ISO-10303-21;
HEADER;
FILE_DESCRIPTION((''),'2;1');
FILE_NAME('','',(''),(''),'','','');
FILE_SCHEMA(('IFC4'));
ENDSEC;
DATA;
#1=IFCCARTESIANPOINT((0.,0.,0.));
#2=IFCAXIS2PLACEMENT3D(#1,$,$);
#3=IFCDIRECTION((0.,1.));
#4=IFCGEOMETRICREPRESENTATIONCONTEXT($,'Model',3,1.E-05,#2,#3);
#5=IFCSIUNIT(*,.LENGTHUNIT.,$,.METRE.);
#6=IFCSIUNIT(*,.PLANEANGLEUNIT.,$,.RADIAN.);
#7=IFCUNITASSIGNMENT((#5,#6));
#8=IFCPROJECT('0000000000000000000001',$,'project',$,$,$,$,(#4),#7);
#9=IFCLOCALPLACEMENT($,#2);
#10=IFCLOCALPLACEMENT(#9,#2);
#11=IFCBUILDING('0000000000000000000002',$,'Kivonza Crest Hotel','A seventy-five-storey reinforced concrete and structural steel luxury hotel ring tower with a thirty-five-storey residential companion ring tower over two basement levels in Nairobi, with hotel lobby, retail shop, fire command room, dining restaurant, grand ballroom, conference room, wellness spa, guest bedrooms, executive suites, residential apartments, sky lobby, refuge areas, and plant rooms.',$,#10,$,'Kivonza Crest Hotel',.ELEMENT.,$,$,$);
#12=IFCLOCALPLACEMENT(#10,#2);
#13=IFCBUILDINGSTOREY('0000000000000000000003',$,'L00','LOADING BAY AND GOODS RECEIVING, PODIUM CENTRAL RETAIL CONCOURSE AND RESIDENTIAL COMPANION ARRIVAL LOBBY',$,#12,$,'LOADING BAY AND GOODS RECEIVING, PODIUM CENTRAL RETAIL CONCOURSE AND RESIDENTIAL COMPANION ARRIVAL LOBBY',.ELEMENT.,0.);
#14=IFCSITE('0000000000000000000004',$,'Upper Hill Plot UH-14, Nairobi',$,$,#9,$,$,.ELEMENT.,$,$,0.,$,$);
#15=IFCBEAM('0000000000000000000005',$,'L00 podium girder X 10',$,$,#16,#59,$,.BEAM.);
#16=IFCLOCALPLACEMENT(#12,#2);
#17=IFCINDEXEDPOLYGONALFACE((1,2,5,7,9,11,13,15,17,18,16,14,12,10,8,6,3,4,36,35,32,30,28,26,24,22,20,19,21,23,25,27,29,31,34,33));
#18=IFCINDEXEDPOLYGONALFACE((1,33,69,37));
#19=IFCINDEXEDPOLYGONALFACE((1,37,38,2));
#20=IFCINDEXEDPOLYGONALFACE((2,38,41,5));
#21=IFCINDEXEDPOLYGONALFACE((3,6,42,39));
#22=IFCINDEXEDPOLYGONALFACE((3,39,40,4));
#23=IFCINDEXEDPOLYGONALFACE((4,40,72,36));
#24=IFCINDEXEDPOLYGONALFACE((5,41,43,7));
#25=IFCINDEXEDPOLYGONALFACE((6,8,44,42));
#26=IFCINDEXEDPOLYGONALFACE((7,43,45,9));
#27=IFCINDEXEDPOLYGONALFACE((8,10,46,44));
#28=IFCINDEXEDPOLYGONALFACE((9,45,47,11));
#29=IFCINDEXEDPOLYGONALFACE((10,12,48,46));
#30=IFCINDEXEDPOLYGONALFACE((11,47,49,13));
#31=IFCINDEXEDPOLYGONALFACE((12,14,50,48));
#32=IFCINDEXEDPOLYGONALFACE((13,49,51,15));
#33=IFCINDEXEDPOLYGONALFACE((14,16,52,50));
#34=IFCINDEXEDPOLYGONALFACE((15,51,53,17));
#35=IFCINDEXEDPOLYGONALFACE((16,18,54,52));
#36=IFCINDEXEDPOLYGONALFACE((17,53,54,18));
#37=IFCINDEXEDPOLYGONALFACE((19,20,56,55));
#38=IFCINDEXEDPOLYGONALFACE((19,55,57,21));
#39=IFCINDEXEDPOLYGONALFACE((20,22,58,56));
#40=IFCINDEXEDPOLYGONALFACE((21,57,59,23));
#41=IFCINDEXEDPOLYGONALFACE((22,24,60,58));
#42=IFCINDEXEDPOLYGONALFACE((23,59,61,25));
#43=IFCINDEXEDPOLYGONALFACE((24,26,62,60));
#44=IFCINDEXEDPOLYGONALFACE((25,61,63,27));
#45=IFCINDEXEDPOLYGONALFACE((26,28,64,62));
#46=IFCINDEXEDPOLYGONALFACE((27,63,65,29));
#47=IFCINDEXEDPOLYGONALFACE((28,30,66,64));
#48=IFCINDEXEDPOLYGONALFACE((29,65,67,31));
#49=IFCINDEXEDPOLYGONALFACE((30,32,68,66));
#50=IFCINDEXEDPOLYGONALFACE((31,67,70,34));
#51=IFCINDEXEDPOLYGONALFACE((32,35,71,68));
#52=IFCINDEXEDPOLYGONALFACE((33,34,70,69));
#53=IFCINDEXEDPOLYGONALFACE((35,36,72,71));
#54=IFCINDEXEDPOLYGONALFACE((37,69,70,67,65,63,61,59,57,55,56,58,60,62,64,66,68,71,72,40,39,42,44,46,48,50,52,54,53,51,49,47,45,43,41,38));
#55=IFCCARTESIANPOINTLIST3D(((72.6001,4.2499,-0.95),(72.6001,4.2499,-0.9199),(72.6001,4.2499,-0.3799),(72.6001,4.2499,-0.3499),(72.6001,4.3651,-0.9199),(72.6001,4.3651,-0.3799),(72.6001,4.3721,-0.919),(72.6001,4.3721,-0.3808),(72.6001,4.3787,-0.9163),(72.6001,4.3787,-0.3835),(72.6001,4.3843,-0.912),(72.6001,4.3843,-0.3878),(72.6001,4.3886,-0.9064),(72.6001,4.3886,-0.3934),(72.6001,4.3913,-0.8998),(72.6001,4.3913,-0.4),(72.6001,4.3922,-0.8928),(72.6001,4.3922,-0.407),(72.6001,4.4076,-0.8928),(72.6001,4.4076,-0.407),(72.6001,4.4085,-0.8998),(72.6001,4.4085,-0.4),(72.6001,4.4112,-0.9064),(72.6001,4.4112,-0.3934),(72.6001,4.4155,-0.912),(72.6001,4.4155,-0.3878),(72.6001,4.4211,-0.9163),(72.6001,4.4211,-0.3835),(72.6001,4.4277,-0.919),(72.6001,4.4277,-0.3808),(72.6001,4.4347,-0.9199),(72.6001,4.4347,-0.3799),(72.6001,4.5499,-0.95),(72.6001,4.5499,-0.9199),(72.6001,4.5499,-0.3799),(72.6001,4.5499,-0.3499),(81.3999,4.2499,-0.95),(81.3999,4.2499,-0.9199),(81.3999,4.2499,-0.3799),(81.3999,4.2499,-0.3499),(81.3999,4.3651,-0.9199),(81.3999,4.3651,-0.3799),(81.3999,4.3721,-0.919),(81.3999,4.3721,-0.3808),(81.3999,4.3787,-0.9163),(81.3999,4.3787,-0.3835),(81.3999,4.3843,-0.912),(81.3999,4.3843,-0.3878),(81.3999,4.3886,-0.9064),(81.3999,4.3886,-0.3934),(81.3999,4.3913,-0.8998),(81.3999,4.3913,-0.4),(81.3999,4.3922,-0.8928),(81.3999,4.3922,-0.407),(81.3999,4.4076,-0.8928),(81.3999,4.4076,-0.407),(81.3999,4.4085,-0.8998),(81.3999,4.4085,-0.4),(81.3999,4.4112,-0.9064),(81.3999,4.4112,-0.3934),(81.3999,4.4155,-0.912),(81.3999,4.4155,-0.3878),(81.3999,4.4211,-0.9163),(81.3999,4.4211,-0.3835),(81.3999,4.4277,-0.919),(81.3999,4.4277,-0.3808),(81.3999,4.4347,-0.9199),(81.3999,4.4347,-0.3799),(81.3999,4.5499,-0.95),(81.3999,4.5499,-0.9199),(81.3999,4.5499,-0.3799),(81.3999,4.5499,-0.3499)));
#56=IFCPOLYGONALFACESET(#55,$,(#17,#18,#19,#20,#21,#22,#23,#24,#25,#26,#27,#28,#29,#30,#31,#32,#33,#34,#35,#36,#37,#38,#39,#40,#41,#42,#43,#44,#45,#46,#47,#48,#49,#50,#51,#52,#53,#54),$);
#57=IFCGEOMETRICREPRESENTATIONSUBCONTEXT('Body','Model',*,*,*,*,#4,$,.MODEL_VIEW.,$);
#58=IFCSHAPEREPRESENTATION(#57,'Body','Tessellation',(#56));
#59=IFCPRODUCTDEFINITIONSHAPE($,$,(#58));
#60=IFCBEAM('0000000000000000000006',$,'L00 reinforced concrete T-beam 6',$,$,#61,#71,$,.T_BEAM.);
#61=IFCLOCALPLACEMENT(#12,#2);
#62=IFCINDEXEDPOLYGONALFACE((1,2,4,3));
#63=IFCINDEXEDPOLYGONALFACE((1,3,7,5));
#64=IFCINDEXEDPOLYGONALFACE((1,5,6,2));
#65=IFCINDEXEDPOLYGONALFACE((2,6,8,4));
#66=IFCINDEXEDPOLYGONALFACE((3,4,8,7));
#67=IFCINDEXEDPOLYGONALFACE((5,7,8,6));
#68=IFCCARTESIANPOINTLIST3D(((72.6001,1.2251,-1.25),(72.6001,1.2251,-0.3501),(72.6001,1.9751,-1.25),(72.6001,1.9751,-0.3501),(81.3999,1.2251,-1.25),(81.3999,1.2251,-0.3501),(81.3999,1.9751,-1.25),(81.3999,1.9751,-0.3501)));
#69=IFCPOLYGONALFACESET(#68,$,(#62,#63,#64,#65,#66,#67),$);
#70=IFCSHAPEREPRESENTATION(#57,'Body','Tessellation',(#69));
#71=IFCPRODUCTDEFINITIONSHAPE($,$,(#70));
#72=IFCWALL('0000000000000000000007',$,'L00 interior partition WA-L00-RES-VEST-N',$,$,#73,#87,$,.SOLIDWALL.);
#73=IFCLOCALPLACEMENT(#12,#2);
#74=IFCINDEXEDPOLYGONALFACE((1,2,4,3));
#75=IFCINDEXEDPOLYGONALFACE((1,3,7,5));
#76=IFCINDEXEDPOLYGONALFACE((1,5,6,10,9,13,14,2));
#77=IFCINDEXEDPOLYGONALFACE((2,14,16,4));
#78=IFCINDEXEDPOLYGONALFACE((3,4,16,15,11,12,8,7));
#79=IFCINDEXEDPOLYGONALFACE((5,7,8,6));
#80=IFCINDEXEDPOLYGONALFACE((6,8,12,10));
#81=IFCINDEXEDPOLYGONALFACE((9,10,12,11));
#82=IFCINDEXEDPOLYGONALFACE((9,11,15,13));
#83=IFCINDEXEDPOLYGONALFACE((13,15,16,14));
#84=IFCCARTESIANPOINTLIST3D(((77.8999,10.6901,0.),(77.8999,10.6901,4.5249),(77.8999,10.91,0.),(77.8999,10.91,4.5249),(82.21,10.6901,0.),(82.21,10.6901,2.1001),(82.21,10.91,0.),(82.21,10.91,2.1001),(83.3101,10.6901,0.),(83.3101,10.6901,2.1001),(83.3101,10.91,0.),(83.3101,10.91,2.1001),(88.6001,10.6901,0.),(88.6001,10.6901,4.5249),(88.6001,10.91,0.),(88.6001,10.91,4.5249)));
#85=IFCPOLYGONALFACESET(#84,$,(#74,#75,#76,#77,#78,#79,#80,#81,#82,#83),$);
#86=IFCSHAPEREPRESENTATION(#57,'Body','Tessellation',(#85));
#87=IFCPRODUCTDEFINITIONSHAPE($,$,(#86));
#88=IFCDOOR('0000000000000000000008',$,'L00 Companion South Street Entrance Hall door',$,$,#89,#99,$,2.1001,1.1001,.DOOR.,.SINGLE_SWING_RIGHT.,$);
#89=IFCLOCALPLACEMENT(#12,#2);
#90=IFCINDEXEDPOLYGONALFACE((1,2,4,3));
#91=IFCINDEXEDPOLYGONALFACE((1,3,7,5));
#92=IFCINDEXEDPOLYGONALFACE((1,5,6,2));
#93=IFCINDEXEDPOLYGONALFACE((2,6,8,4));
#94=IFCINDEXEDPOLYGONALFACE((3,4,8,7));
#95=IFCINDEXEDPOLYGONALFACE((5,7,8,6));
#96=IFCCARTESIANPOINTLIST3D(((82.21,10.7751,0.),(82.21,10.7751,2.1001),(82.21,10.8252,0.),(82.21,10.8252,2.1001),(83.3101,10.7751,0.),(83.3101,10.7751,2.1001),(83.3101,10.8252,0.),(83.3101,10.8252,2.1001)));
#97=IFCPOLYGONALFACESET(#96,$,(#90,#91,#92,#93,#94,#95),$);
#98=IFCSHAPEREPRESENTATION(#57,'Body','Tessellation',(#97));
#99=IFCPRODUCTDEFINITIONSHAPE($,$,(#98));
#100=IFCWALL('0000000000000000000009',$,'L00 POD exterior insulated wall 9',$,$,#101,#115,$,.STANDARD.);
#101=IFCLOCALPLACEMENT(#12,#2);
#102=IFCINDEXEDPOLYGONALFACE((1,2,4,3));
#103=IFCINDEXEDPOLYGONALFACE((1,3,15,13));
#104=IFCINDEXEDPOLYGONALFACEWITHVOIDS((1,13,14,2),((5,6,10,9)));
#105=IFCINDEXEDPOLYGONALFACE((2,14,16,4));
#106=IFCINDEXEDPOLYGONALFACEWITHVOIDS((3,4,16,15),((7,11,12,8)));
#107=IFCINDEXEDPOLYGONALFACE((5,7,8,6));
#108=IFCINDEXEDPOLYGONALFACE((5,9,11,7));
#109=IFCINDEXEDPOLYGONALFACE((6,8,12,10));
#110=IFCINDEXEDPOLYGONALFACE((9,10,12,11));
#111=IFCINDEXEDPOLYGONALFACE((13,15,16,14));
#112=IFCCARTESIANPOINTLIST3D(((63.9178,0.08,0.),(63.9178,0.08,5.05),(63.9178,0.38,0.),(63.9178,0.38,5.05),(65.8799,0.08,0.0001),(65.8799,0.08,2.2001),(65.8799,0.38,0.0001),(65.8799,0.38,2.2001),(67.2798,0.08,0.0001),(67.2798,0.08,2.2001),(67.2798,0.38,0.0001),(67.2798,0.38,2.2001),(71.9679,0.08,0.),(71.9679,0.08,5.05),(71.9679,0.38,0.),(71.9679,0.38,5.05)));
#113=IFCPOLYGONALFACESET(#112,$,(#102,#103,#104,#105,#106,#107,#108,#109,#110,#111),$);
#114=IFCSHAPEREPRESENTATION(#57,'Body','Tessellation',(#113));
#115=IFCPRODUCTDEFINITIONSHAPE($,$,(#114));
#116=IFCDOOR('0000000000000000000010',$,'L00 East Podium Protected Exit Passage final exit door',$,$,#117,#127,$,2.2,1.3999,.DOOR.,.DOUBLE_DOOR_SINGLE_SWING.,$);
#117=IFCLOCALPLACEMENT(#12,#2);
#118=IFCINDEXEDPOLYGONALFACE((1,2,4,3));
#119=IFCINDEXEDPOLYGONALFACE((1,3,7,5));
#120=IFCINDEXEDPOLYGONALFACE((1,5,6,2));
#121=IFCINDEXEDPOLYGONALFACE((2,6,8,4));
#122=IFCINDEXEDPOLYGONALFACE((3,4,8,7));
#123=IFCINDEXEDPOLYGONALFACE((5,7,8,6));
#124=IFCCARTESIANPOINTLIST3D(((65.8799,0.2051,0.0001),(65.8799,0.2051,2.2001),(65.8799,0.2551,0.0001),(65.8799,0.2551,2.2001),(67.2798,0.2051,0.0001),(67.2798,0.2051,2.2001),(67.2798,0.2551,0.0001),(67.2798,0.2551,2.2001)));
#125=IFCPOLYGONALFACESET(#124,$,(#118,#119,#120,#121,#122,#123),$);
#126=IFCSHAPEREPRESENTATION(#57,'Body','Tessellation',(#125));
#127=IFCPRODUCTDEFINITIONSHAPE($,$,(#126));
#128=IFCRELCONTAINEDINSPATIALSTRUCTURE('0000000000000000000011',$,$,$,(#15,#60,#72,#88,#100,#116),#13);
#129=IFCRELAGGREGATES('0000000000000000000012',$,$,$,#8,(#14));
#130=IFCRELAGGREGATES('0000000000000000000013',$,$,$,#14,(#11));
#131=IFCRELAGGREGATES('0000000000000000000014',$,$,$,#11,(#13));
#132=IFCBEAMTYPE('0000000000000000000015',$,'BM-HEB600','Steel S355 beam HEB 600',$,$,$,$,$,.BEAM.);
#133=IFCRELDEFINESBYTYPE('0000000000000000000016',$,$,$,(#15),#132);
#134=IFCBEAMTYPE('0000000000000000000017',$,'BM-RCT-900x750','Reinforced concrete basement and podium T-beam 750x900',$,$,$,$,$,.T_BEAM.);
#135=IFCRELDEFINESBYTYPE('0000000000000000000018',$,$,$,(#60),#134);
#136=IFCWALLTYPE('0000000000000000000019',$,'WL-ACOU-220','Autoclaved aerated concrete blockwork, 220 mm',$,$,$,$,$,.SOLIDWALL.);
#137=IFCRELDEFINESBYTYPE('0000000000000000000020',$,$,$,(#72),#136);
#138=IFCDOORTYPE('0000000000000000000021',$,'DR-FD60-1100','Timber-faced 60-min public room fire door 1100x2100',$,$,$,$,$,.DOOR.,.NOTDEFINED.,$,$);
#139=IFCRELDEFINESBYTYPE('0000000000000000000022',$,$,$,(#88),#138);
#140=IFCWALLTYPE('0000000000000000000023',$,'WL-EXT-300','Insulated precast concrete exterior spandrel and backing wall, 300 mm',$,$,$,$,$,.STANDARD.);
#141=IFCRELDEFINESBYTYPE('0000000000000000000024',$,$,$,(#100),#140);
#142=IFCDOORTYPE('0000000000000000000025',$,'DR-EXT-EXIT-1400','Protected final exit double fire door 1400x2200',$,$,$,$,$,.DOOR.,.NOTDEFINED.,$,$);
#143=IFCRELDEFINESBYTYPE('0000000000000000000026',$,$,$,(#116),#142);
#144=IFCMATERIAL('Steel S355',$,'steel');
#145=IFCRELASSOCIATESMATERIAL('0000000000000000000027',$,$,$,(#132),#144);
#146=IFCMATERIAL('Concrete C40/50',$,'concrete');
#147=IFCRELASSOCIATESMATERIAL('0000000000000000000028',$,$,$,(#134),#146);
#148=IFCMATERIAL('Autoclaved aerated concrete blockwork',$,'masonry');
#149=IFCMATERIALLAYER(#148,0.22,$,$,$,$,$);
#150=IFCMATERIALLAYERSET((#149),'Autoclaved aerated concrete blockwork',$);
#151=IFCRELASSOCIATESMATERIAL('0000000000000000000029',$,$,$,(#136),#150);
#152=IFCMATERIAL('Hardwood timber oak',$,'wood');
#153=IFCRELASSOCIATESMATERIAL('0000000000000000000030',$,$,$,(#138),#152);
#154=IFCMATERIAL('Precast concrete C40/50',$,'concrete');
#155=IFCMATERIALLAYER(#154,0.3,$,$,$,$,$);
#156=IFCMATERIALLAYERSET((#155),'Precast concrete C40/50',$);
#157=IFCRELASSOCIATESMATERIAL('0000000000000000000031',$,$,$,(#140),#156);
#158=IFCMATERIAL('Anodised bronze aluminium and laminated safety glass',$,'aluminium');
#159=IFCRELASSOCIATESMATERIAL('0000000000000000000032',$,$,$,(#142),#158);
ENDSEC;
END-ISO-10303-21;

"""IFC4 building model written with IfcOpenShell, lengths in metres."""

from ifc_helpers import new_model, si_unit, direction, frame, frame_2d, origin, origin_2d, place, context, subcontext, project, spatial, rectangle, i_section, extrude, material, layer, layer_set, material_profile, profile_set, type_object, element, fill, save


model = new_model("IFC4")

# Units and contexts
model_context = context("Model", 3, precision=1e-05, world=origin(), true_north=direction((0.0, 1.0)))
body_context = subcontext(model_context, "Body", "Model", "MODEL_VIEW")
ifc_project = project(units=[si_unit("LENGTHUNIT", "METRE"), si_unit("PLANEANGLEUNIT", "RADIAN")], contexts=[model_context])

# Site, building, storey
site_placement = place(None, origin())
site = spatial("IfcSite", under=ifc_project, at=site_placement, Name="Upper Hill Plot UH-14, Nairobi", CompositionType="ELEMENT", RefElevation=0.0)
building_placement = place(site_placement, origin())
building = spatial("IfcBuilding", under=site, at=building_placement, Name="Kivonza Crest Hotel", Description="A seventy-five-storey reinforced concrete and structural steel luxury hotel ring tower with a thirty-five-storey residential companion ring tower over two basement levels in Nairobi, with hotel lobby, retail shop, fire command room, dining restaurant, grand ballroom, conference room, wellness spa, guest bedrooms, executive suites, residential apartments, sky lobby, refuge areas, and plant rooms.", LongName="Kivonza Crest Hotel", CompositionType="ELEMENT")
storey_placement = place(building_placement, origin())
storey = spatial("IfcBuildingStorey", under=building, at=storey_placement, Name="L00", Description="LOADING BAY AND GOODS RECEIVING, PODIUM CENTRAL RETAIL CONCOURSE AND RESIDENTIAL COMPANION ARRIVAL LOBBY", LongName="LOADING BAY AND GOODS RECEIVING, PODIUM CENTRAL RETAIL CONCOURSE AND RESIDENTIAL COMPANION ARRIVAL LOBBY", CompositionType="ELEMENT", Elevation=0.0)

# Beams
ifc_material_1 = material(Name="Steel S355", Category="steel")
ifc_material_profile_1 = material_profile(ifc_material_1, i_section(OverallWidth=0.3, OverallDepth=0.6001, WebThickness=0.0154, FlangeThickness=0.03, FilletRadius=0.0271, at=origin_2d()), Name="HEB 600")
ifc_profile_set_1 = profile_set([ifc_material_profile_1], Name="Steel S355")
beam_type_1 = type_object("IfcBeamType", Name="BM-HEB600", Description="Steel S355 beam HEB 600", PredefinedType="BEAM", material=ifc_profile_set_1)
beam_1_placement = place(storey_placement, frame((72.6001, 4.3999, -0.6499), z_axis=(1.0, 0.0, 0.0), x_axis=(0.0, 1.0, 0.0)))
element("IfcBeam", 1, at=beam_1_placement, inside=storey, type_object=beam_type_1, Name="L00 podium girder X 10", PredefinedType="BEAM", context=body_context, shape_type="SweptSolid", body=[
    extrude(i_section(OverallWidth=0.3, OverallDepth=0.6001, WebThickness=0.0154, FlangeThickness=0.03, FilletRadius=0.0271, at=origin_2d()), origin(), (0.0, 0.0, 1.0), 8.7998),
])
ifc_material_2 = material(Name="Concrete C40/50", Category="concrete")
ifc_material_profile_2 = material_profile(ifc_material_2, rectangle(XDim=0.75, YDim=0.8999, at=origin_2d()), Name="RC 900x750")
ifc_profile_set_2 = profile_set([ifc_material_profile_2], Name="Concrete C40/50")
beam_type_2 = type_object("IfcBeamType", Name="BM-RCT-900x750", Description="Reinforced concrete basement and podium T-beam 750x900", PredefinedType="T_BEAM", material=ifc_profile_set_2)
beam_2_placement = place(storey_placement, frame((72.6001, 1.6001, -0.8), z_axis=(1.0, 0.0, 0.0), x_axis=(0.0, 1.0, 0.0)))
element("IfcBeam", 2, at=beam_2_placement, inside=storey, type_object=beam_type_2, Name="L00 reinforced concrete T-beam 6", PredefinedType="T_BEAM", context=body_context, shape_type="SweptSolid", body=[
    extrude(rectangle(XDim=0.75, YDim=0.8999, at=origin_2d()), origin(), (0.0, 0.0, 1.0), 8.7998),
])

# Wall, opening, door
ifc_material_3 = material(Name="Autoclaved aerated concrete blockwork", Category="masonry")
ifc_layer_1 = layer(ifc_material_3, 0.22)
ifc_layer_set_1 = layer_set([ifc_layer_1], Name="Autoclaved aerated concrete blockwork")
wall_type_1 = type_object("IfcWallType", Name="WL-ACOU-220", Description="Autoclaved aerated concrete blockwork, 220 mm", PredefinedType="SOLIDWALL", material=ifc_layer_set_1)
wall_1_placement = place(storey_placement, frame((77.8999, 10.8, 0.0), z_axis=(0.0, 0.0, 1.0), x_axis=(1.0, 0.0, 0.0)))
wall_1 = element("IfcWall", 3, at=wall_1_placement, inside=storey, type_object=wall_type_1, Name="L00 interior partition WA-L00-RES-VEST-N", PredefinedType="SOLIDWALL", context=body_context, shape_type="SweptSolid", body=[
    extrude(rectangle(XDim=10.7002, YDim=0.22, at=frame_2d((5.3501, 0.0))), origin(), (0.0, 0.0, 1.0), 4.5249),
])
opening_1_placement = place(wall_1_placement, frame((4.3101, 0.0, 0.0)))
opening_1 = element("IfcOpeningElement", 4, at=opening_1_placement, cuts=wall_1, PredefinedType="OPENING", context=body_context, shape_type="SweptSolid", body=[
    extrude(rectangle(XDim=1.1001, YDim=2.1001, at=frame_2d((0.55, 1.05))), frame((0.0, 0.1201, 0.0), z_axis=(0.0, -1.0, 0.0), x_axis=(1.0, 0.0, 0.0)), (0.0, 0.0, 1.0), 0.24),
])
ifc_material_4 = material(Name="Hardwood timber oak", Category="wood")
door_type_1 = type_object("IfcDoorType", Name="DR-FD60-1100", Description="Timber-faced 60-min public room fire door 1100x2100", OperationType="NOTDEFINED", PredefinedType="DOOR", material=ifc_material_4)
door_1_placement = place(opening_1_placement, frame((1.1001, 0.0, 0.0), z_axis=(0.0, 0.0, 1.0), x_axis=(-1.0, 0.0, 0.0)))
door_1 = element("IfcDoor", 5, at=door_1_placement, inside=storey, type_object=door_type_1, Name="L00 Companion South Street Entrance Hall door", OperationType="SINGLE_SWING_RIGHT", OverallHeight=2.1001, OverallWidth=1.1001, PredefinedType="DOOR", context=body_context, shape_type="SweptSolid", body=[
    extrude(rectangle(XDim=1.1001, YDim=2.1001, at=frame_2d((0.55, 1.05))), frame((0.0, 0.0249, 0.0), z_axis=(0.0, -1.0, 0.0), x_axis=(1.0, 0.0, 0.0)), (0.0, 0.0, 1.0), 0.05),
])
fill(opening_1, door_1)

# Wall, opening, door
ifc_material_5 = material(Name="Precast concrete C40/50", Category="concrete")
ifc_layer_2 = layer(ifc_material_5, 0.3)
ifc_layer_set_2 = layer_set([ifc_layer_2], Name="Precast concrete C40/50")
wall_type_2 = type_object("IfcWallType", Name="WL-EXT-300", Description="Insulated precast concrete exterior spandrel and backing wall, 300 mm", PredefinedType="STANDARD", material=ifc_layer_set_2)
wall_2_placement = place(storey_placement, frame((63.918, 0.23, 0.0), z_axis=(0.0, 0.0, 1.0), x_axis=(1.0, 0.0, 0.0)))
wall_2 = element("IfcWall", 6, at=wall_2_placement, inside=storey, type_object=wall_type_2, Name="L00 POD exterior insulated wall 9", PredefinedType="STANDARD", context=body_context, shape_type="SweptSolid", body=[
    extrude(rectangle(XDim=8.05, YDim=0.3, at=frame_2d((4.0249, 0.0))), origin(), (0.0, 0.0, 1.0), 5.05),
])
opening_2_placement = place(wall_2_placement, frame((1.9619, 0.0, 0.0)))
opening_2 = element("IfcOpeningElement", 7, at=opening_2_placement, cuts=wall_2, PredefinedType="OPENING", context=body_context, shape_type="SweptSolid", body=[
    extrude(rectangle(XDim=1.3999, YDim=2.2, at=frame_2d((0.7, 1.1001))), frame((0.0, 0.1602, 0.0), z_axis=(0.0, -1.0, 0.0), x_axis=(1.0, 0.0, 0.0)), (0.0, 0.0, 1.0), 0.3201),
])
ifc_material_6 = material(Name="Anodised bronze aluminium and laminated safety glass", Category="aluminium")
door_type_2 = type_object("IfcDoorType", Name="DR-EXT-EXIT-1400", Description="Protected final exit double fire door 1400x2200", OperationType="NOTDEFINED", PredefinedType="DOOR", material=ifc_material_6)
door_2_placement = place(opening_2_placement, frame((1.3999, 0.0, 0.0), z_axis=(0.0, 0.0, 1.0), x_axis=(-1.0, 0.0, 0.0)))
door_2 = element("IfcDoor", 8, at=door_2_placement, inside=storey, type_object=door_type_2, Name="L00 East Podium Protected Exit Passage final exit door", OperationType="DOUBLE_DOOR_SINGLE_SWING", OverallHeight=2.2, OverallWidth=1.3999, PredefinedType="DOOR", context=body_context, shape_type="SweptSolid", body=[
    extrude(rectangle(XDim=1.3999, YDim=2.2, at=frame_2d((0.7, 1.1001))), frame((0.0, 0.0249, 0.0), z_axis=(0.0, -1.0, 0.0), x_axis=(1.0, 0.0, 0.0)), (0.0, 0.0, 1.0), 0.05),
])
fill(opening_2, door_2)

save(model, "model.ifc")
